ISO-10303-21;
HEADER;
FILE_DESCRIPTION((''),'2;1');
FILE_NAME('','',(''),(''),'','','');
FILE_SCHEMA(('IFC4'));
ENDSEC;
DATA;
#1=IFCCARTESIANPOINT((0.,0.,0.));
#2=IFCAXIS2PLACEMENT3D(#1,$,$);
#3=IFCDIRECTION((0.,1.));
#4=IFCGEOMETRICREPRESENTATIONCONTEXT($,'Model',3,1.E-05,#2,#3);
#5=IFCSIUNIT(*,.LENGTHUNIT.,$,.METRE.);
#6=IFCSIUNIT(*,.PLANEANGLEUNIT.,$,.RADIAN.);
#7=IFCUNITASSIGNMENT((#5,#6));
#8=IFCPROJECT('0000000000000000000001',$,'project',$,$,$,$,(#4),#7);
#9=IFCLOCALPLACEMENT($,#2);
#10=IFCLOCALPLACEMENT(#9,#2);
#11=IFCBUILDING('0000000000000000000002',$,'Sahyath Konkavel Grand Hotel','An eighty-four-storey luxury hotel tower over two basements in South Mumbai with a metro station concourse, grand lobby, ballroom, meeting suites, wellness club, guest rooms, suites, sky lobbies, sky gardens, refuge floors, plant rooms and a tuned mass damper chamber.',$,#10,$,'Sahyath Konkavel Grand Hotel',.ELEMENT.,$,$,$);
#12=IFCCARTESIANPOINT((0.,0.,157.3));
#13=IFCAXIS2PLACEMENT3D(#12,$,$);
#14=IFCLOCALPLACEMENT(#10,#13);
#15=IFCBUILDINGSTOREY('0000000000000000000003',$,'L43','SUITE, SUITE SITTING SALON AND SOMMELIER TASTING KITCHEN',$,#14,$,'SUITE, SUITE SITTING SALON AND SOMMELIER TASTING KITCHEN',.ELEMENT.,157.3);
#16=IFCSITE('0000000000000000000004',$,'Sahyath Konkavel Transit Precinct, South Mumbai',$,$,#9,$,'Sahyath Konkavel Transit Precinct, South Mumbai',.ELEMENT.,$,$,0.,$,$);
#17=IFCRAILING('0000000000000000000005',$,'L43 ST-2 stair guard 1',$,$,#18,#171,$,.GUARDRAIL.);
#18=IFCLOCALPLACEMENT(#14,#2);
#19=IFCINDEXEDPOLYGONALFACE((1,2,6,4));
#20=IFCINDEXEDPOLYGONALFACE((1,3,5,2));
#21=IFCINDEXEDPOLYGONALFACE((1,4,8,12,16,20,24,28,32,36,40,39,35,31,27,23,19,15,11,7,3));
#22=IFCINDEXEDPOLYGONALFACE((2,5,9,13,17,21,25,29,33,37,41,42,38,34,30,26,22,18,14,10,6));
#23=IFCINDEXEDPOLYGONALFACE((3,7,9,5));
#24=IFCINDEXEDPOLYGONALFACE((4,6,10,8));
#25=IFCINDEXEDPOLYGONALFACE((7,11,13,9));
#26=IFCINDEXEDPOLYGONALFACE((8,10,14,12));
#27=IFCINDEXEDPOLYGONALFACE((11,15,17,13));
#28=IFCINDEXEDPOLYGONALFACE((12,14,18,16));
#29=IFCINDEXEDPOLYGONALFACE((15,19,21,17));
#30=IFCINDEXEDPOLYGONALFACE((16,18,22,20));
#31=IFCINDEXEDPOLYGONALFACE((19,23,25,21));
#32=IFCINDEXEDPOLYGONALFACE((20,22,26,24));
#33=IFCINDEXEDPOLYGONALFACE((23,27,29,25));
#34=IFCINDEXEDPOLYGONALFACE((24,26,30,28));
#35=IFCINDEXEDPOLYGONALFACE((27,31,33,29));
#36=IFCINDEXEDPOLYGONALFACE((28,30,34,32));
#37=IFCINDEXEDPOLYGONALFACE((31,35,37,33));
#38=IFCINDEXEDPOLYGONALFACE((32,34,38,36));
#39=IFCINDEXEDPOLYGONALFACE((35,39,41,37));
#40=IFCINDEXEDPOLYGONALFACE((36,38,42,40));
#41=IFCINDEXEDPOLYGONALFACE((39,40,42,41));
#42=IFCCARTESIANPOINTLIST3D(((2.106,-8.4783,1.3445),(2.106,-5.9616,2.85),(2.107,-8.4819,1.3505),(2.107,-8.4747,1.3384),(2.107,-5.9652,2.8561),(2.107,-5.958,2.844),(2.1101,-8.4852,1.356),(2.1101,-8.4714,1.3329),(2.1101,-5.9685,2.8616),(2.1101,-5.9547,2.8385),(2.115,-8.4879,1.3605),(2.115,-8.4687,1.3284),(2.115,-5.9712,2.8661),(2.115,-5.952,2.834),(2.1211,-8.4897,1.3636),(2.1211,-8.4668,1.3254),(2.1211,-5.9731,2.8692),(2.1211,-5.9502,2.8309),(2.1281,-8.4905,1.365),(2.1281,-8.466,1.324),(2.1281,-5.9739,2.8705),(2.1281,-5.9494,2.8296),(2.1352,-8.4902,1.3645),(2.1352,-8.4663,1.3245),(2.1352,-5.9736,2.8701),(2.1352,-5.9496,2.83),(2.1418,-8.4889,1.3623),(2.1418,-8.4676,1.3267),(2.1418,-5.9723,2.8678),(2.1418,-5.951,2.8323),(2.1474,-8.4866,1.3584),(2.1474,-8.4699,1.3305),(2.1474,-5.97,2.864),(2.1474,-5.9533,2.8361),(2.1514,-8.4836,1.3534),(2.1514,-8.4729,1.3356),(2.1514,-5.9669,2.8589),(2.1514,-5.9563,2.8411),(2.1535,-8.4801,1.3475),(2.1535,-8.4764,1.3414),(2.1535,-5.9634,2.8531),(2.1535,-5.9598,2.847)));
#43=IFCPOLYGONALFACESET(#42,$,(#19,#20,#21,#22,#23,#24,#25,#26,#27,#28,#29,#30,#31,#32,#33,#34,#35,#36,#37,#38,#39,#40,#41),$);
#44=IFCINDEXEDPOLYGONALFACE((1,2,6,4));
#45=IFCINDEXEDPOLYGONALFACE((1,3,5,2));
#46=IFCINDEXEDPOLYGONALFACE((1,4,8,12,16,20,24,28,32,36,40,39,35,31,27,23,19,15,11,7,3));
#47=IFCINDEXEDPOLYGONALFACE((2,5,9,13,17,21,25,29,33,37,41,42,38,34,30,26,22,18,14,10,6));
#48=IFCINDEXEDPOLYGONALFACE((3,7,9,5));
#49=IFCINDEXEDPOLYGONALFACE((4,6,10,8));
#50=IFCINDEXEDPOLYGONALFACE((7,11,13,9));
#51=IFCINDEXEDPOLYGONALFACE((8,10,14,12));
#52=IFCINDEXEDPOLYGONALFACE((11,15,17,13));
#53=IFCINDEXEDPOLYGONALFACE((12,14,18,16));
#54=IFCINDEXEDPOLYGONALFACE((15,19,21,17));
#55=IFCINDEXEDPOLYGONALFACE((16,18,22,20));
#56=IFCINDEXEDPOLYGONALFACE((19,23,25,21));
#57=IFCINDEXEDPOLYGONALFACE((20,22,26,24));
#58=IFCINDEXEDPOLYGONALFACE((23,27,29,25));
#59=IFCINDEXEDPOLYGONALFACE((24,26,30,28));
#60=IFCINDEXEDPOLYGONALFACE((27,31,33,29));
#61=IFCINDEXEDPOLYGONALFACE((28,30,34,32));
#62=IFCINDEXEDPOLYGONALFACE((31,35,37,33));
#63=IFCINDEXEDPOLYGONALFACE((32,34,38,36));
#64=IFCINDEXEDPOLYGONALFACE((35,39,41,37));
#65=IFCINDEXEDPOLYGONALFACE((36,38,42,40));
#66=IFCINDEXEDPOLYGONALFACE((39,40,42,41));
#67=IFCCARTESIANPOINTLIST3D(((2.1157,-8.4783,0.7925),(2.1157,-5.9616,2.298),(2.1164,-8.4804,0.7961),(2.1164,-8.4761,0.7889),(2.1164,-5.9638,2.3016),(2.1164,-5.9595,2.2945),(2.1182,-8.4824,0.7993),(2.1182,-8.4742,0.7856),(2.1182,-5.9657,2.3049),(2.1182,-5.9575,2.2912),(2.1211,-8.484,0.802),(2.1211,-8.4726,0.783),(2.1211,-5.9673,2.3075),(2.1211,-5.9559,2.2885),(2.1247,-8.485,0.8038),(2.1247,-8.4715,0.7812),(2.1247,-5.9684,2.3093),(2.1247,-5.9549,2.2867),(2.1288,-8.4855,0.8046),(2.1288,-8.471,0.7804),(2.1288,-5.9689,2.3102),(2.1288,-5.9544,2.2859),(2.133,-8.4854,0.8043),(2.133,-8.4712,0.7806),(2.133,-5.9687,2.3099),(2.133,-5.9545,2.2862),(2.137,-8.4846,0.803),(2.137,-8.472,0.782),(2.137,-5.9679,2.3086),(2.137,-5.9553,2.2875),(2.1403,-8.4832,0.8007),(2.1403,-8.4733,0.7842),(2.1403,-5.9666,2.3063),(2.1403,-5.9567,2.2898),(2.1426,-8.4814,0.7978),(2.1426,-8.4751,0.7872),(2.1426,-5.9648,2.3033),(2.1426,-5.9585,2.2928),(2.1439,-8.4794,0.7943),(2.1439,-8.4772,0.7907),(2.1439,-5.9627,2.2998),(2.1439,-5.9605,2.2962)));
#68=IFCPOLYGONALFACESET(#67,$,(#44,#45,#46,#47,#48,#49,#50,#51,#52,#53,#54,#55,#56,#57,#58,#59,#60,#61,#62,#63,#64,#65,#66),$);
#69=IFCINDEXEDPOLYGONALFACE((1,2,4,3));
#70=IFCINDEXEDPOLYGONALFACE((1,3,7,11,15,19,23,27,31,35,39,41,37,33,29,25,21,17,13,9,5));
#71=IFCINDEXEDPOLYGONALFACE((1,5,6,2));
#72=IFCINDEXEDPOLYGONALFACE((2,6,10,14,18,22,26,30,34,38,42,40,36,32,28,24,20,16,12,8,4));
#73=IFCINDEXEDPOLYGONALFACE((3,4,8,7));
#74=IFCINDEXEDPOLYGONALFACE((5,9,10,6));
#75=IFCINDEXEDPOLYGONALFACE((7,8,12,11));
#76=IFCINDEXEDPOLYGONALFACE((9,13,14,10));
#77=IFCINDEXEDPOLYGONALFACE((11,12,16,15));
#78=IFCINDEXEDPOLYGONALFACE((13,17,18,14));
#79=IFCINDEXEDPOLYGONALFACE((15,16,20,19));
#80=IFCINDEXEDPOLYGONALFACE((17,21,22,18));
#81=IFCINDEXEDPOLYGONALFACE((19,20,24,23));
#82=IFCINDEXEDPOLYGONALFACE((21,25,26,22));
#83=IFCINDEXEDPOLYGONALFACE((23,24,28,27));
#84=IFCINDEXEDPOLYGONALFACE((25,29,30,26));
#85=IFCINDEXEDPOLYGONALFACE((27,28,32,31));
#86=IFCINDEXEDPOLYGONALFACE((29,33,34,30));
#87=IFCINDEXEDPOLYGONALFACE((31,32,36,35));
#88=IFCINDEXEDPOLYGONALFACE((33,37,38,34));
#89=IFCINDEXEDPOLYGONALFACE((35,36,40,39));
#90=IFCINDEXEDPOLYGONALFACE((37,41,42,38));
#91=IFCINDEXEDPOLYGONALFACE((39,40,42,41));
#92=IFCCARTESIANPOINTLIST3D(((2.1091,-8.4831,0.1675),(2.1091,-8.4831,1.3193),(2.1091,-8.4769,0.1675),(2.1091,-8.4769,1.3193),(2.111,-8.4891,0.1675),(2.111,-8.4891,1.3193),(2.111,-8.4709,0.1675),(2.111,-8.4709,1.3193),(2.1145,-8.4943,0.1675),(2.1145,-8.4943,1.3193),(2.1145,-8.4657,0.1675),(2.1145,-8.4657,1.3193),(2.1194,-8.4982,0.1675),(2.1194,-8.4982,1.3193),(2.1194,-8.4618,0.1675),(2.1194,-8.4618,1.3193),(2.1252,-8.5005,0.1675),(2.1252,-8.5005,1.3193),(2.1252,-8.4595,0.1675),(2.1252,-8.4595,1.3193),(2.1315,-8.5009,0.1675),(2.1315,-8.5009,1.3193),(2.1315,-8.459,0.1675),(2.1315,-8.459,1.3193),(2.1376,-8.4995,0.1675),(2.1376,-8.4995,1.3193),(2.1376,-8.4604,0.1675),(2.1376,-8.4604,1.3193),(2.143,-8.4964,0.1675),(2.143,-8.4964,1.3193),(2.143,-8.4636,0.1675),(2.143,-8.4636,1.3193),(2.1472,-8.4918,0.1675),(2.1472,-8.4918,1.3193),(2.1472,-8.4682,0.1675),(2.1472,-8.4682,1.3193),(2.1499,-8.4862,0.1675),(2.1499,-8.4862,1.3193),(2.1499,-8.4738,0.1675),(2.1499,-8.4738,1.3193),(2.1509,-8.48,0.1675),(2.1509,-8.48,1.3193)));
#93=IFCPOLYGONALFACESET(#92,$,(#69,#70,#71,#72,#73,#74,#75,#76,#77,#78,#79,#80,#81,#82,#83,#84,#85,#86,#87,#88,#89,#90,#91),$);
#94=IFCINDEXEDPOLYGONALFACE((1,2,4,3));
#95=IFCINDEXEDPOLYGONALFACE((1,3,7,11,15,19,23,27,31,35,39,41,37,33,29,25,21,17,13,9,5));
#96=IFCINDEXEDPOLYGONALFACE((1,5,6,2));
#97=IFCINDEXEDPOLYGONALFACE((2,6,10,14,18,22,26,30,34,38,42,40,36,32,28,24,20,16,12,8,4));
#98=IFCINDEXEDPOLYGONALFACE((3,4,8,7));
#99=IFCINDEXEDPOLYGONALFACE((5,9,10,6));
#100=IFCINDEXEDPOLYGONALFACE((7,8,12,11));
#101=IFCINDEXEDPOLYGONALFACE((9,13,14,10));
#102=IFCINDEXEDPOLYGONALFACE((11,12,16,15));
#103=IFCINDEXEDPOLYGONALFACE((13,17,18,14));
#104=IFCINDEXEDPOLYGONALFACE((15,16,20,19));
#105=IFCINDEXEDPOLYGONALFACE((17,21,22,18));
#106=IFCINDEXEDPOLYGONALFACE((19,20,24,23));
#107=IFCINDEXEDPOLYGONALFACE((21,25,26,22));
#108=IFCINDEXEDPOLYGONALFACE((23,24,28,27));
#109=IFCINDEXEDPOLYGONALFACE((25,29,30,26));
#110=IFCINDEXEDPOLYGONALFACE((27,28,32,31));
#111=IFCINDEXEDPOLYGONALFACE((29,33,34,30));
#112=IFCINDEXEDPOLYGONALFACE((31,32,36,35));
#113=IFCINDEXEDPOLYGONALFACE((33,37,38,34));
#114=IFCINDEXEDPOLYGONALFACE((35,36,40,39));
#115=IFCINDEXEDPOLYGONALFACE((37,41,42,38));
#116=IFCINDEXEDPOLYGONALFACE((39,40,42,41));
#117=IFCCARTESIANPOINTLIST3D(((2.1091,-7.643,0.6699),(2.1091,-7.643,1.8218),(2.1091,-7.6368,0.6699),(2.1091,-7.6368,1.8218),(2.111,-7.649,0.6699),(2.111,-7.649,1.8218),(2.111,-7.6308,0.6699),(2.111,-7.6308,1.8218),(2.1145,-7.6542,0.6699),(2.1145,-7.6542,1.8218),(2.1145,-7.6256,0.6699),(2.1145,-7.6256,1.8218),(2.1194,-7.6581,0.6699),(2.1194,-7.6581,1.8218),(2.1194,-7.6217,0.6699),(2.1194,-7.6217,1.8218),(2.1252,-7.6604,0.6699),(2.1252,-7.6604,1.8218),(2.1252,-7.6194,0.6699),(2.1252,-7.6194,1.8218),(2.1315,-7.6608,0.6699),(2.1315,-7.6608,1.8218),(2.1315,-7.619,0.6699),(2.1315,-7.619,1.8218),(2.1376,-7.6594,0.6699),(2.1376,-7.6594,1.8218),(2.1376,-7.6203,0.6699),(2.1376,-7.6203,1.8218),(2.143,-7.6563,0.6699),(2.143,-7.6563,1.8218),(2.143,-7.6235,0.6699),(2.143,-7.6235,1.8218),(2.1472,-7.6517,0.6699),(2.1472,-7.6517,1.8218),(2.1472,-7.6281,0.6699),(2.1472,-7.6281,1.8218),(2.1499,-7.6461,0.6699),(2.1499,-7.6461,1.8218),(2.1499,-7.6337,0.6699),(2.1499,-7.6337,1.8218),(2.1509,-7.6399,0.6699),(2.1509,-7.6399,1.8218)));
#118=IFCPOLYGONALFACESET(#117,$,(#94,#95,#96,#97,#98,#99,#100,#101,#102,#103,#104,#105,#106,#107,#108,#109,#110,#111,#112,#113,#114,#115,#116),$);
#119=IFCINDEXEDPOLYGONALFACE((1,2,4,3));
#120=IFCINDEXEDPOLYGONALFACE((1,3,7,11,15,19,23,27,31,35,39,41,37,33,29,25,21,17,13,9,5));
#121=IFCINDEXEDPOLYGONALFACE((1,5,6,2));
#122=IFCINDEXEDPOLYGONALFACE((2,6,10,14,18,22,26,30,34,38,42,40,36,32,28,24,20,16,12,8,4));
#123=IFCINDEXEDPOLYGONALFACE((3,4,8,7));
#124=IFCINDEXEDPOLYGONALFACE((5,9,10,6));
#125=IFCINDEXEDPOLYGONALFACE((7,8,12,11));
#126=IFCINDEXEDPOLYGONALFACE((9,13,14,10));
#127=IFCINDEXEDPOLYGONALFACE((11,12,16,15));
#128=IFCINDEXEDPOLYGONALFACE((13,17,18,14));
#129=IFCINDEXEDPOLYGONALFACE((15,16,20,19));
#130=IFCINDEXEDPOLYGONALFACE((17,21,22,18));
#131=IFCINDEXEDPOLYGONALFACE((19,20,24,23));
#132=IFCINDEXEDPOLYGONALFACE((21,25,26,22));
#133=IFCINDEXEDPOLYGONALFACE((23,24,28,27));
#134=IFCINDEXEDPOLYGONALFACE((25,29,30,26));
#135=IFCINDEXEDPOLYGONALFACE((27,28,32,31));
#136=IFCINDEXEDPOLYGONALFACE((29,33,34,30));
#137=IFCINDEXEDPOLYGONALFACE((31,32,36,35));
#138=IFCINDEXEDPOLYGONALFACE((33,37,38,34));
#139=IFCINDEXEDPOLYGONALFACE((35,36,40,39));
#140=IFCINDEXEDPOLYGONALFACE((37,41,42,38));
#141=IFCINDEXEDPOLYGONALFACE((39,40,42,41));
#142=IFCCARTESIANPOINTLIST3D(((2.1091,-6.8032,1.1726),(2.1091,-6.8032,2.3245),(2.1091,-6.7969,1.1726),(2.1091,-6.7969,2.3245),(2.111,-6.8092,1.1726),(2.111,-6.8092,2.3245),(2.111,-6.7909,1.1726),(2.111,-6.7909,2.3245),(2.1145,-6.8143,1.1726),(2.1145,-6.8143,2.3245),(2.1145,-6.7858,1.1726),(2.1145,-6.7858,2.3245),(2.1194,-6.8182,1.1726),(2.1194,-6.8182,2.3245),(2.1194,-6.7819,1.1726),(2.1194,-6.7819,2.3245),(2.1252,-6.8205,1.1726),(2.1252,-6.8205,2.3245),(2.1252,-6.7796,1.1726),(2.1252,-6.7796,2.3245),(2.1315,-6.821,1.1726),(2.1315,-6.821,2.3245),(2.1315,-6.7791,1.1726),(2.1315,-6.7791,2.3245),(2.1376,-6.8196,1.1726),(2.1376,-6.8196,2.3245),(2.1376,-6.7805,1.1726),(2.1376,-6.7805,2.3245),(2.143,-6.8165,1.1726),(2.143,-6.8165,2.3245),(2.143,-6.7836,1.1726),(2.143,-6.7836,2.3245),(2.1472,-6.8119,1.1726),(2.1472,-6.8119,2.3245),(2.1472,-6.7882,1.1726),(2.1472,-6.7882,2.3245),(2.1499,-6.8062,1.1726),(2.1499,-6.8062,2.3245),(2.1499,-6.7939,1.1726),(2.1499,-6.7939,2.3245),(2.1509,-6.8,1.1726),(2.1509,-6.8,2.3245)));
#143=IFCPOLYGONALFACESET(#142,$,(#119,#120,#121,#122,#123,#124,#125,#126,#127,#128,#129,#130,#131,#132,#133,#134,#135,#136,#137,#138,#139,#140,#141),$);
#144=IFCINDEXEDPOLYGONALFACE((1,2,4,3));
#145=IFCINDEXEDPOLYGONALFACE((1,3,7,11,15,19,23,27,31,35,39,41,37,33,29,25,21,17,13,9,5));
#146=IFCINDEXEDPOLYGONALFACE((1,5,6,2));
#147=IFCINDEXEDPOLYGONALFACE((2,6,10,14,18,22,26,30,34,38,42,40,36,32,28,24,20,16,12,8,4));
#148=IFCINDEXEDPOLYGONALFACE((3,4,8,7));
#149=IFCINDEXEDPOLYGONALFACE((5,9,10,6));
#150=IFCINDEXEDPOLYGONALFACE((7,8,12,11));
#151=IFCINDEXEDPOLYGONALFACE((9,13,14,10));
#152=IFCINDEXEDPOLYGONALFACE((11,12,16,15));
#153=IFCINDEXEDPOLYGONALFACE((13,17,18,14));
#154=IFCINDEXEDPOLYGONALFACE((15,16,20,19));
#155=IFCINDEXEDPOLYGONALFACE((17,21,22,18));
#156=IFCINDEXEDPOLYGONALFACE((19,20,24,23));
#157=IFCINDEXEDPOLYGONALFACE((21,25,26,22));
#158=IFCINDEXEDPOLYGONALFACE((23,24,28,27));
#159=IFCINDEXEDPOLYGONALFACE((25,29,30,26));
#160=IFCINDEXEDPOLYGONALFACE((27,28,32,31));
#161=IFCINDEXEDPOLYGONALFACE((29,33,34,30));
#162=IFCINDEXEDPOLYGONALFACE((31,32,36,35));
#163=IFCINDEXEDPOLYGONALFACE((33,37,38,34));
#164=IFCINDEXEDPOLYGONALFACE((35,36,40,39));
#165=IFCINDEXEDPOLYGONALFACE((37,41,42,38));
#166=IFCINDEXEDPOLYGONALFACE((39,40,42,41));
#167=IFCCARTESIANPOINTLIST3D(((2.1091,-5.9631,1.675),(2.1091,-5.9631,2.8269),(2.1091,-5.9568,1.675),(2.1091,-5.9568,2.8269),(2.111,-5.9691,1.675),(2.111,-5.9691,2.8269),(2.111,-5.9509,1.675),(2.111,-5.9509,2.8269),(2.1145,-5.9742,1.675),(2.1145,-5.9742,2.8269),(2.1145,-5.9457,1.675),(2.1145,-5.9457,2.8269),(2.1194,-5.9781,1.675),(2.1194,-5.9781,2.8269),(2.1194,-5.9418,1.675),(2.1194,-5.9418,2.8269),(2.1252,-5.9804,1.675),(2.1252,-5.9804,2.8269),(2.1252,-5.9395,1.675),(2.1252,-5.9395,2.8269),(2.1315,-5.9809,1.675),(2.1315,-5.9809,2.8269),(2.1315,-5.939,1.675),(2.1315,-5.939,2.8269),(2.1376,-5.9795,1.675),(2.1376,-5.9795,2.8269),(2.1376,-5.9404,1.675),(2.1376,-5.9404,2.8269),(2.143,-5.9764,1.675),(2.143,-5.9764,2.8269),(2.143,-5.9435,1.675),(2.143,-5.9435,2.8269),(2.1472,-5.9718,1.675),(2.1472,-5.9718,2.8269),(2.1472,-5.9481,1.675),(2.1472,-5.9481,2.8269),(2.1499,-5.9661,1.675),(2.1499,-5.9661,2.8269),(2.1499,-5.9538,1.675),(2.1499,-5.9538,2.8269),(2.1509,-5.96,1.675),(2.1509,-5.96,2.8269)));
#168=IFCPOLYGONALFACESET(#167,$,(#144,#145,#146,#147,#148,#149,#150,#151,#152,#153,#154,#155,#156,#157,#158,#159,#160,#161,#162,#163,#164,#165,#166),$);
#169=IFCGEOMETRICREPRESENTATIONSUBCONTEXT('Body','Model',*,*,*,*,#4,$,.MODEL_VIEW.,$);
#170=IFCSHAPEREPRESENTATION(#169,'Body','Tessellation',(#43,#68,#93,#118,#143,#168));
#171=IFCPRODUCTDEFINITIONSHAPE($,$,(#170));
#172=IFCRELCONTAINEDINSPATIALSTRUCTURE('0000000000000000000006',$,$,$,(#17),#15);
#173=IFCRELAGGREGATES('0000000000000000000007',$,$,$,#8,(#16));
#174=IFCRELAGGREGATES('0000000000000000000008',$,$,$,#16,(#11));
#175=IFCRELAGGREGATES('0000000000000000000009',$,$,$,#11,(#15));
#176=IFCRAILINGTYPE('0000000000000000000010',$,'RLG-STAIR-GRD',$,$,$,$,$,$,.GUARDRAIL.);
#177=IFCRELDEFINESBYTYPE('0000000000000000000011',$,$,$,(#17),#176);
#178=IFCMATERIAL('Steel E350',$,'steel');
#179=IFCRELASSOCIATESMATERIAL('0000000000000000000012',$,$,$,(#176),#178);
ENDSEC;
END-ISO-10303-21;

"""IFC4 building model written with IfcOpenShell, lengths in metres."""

from ifc_helpers import new_model, si_unit, direction, frame, origin, origin_2d, place, context, subcontext, project, spatial, circle, extrude, material, type_object, element, save


model = new_model("IFC4")

# Units and contexts
model_context = context("Model", 3, precision=1e-05, world=origin(), true_north=direction((0.0, 1.0)))
body_context = subcontext(model_context, "Body", "Model", "MODEL_VIEW")
ifc_project = project(units=[si_unit("LENGTHUNIT", "METRE"), si_unit("PLANEANGLEUNIT", "RADIAN")], contexts=[model_context])

# Site, building, storey
site_placement = place(None, origin())
site = spatial("IfcSite", under=ifc_project, at=site_placement, Name="Sahyath Konkavel Transit Precinct, South Mumbai", LongName="Sahyath Konkavel Transit Precinct, South Mumbai", CompositionType="ELEMENT", RefElevation=0.0)
building_placement = place(site_placement, origin())
building = spatial("IfcBuilding", under=site, at=building_placement, Name="Sahyath Konkavel Grand Hotel", Description="An eighty-four-storey luxury hotel tower over two basements in South Mumbai with a metro station concourse, grand lobby, ballroom, meeting suites, wellness club, guest rooms, suites, sky lobbies, sky gardens, refuge floors, plant rooms and a tuned mass damper chamber.", LongName="Sahyath Konkavel Grand Hotel", CompositionType="ELEMENT")
storey_placement = place(building_placement, frame((0.0, 0.0, 157.3)))
storey = spatial("IfcBuildingStorey", under=building, at=storey_placement, Name="L43", Description="SUITE, SUITE SITTING SALON AND SOMMELIER TASTING KITCHEN", LongName="SUITE, SUITE SITTING SALON AND SOMMELIER TASTING KITCHEN", CompositionType="ELEMENT", Elevation=157.3)

# Shared definitions
ifc_material_1 = material(Name="Steel E350", Category="steel")

# Railing
railing_type_1 = type_object("IfcRailingType", Name="RLG-STAIR-GRD", PredefinedType="GUARDRAIL", material=ifc_material_1)
railing_1_placement = place(storey_placement, frame((2.1299, -8.48, 0.1675)))
element("IfcRailing", 1, at=railing_1_placement, inside=storey, type_object=railing_type_1, Name="L43 ST-2 stair guard 1", PredefinedType="GUARDRAIL", context=body_context, shape_type="SweptSolid", body=[
    extrude(circle(Radius=0.0239, at=origin_2d()), frame((0.0, 0.0017, 1.177), z_axis=(0.0, 0.85816, 0.513383), x_axis=(-1.0, 0.0, 0.0)), (0.0, 0.0, 1.0), 2.9326),
    extrude(circle(Radius=0.0142, at=origin_2d()), frame((0.0, 0.0017, 0.625), z_axis=(0.0, 0.85816, 0.513383), x_axis=(-1.0, 0.0, 0.0)), (0.0, 0.0, 1.0), 2.9326),
    extrude(circle(Radius=0.021, at=origin_2d()), origin(), (0.0, 0.0, 1.0), 1.1519),
    extrude(circle(Radius=0.021, at=origin_2d()), frame((0.0, 0.8401, 0.5024)), (0.0, 0.0, 1.0), 1.1519),
    extrude(circle(Radius=0.021, at=origin_2d()), frame((0.0, 1.6799, 1.0051)), (0.0, 0.0, 1.0), 1.1519),
    extrude(circle(Radius=0.021, at=origin_2d()), frame((0.0, 2.52, 1.5076)), (0.0, 0.0, 1.0), 1.1519),
])

save(model, "model.ifc")
